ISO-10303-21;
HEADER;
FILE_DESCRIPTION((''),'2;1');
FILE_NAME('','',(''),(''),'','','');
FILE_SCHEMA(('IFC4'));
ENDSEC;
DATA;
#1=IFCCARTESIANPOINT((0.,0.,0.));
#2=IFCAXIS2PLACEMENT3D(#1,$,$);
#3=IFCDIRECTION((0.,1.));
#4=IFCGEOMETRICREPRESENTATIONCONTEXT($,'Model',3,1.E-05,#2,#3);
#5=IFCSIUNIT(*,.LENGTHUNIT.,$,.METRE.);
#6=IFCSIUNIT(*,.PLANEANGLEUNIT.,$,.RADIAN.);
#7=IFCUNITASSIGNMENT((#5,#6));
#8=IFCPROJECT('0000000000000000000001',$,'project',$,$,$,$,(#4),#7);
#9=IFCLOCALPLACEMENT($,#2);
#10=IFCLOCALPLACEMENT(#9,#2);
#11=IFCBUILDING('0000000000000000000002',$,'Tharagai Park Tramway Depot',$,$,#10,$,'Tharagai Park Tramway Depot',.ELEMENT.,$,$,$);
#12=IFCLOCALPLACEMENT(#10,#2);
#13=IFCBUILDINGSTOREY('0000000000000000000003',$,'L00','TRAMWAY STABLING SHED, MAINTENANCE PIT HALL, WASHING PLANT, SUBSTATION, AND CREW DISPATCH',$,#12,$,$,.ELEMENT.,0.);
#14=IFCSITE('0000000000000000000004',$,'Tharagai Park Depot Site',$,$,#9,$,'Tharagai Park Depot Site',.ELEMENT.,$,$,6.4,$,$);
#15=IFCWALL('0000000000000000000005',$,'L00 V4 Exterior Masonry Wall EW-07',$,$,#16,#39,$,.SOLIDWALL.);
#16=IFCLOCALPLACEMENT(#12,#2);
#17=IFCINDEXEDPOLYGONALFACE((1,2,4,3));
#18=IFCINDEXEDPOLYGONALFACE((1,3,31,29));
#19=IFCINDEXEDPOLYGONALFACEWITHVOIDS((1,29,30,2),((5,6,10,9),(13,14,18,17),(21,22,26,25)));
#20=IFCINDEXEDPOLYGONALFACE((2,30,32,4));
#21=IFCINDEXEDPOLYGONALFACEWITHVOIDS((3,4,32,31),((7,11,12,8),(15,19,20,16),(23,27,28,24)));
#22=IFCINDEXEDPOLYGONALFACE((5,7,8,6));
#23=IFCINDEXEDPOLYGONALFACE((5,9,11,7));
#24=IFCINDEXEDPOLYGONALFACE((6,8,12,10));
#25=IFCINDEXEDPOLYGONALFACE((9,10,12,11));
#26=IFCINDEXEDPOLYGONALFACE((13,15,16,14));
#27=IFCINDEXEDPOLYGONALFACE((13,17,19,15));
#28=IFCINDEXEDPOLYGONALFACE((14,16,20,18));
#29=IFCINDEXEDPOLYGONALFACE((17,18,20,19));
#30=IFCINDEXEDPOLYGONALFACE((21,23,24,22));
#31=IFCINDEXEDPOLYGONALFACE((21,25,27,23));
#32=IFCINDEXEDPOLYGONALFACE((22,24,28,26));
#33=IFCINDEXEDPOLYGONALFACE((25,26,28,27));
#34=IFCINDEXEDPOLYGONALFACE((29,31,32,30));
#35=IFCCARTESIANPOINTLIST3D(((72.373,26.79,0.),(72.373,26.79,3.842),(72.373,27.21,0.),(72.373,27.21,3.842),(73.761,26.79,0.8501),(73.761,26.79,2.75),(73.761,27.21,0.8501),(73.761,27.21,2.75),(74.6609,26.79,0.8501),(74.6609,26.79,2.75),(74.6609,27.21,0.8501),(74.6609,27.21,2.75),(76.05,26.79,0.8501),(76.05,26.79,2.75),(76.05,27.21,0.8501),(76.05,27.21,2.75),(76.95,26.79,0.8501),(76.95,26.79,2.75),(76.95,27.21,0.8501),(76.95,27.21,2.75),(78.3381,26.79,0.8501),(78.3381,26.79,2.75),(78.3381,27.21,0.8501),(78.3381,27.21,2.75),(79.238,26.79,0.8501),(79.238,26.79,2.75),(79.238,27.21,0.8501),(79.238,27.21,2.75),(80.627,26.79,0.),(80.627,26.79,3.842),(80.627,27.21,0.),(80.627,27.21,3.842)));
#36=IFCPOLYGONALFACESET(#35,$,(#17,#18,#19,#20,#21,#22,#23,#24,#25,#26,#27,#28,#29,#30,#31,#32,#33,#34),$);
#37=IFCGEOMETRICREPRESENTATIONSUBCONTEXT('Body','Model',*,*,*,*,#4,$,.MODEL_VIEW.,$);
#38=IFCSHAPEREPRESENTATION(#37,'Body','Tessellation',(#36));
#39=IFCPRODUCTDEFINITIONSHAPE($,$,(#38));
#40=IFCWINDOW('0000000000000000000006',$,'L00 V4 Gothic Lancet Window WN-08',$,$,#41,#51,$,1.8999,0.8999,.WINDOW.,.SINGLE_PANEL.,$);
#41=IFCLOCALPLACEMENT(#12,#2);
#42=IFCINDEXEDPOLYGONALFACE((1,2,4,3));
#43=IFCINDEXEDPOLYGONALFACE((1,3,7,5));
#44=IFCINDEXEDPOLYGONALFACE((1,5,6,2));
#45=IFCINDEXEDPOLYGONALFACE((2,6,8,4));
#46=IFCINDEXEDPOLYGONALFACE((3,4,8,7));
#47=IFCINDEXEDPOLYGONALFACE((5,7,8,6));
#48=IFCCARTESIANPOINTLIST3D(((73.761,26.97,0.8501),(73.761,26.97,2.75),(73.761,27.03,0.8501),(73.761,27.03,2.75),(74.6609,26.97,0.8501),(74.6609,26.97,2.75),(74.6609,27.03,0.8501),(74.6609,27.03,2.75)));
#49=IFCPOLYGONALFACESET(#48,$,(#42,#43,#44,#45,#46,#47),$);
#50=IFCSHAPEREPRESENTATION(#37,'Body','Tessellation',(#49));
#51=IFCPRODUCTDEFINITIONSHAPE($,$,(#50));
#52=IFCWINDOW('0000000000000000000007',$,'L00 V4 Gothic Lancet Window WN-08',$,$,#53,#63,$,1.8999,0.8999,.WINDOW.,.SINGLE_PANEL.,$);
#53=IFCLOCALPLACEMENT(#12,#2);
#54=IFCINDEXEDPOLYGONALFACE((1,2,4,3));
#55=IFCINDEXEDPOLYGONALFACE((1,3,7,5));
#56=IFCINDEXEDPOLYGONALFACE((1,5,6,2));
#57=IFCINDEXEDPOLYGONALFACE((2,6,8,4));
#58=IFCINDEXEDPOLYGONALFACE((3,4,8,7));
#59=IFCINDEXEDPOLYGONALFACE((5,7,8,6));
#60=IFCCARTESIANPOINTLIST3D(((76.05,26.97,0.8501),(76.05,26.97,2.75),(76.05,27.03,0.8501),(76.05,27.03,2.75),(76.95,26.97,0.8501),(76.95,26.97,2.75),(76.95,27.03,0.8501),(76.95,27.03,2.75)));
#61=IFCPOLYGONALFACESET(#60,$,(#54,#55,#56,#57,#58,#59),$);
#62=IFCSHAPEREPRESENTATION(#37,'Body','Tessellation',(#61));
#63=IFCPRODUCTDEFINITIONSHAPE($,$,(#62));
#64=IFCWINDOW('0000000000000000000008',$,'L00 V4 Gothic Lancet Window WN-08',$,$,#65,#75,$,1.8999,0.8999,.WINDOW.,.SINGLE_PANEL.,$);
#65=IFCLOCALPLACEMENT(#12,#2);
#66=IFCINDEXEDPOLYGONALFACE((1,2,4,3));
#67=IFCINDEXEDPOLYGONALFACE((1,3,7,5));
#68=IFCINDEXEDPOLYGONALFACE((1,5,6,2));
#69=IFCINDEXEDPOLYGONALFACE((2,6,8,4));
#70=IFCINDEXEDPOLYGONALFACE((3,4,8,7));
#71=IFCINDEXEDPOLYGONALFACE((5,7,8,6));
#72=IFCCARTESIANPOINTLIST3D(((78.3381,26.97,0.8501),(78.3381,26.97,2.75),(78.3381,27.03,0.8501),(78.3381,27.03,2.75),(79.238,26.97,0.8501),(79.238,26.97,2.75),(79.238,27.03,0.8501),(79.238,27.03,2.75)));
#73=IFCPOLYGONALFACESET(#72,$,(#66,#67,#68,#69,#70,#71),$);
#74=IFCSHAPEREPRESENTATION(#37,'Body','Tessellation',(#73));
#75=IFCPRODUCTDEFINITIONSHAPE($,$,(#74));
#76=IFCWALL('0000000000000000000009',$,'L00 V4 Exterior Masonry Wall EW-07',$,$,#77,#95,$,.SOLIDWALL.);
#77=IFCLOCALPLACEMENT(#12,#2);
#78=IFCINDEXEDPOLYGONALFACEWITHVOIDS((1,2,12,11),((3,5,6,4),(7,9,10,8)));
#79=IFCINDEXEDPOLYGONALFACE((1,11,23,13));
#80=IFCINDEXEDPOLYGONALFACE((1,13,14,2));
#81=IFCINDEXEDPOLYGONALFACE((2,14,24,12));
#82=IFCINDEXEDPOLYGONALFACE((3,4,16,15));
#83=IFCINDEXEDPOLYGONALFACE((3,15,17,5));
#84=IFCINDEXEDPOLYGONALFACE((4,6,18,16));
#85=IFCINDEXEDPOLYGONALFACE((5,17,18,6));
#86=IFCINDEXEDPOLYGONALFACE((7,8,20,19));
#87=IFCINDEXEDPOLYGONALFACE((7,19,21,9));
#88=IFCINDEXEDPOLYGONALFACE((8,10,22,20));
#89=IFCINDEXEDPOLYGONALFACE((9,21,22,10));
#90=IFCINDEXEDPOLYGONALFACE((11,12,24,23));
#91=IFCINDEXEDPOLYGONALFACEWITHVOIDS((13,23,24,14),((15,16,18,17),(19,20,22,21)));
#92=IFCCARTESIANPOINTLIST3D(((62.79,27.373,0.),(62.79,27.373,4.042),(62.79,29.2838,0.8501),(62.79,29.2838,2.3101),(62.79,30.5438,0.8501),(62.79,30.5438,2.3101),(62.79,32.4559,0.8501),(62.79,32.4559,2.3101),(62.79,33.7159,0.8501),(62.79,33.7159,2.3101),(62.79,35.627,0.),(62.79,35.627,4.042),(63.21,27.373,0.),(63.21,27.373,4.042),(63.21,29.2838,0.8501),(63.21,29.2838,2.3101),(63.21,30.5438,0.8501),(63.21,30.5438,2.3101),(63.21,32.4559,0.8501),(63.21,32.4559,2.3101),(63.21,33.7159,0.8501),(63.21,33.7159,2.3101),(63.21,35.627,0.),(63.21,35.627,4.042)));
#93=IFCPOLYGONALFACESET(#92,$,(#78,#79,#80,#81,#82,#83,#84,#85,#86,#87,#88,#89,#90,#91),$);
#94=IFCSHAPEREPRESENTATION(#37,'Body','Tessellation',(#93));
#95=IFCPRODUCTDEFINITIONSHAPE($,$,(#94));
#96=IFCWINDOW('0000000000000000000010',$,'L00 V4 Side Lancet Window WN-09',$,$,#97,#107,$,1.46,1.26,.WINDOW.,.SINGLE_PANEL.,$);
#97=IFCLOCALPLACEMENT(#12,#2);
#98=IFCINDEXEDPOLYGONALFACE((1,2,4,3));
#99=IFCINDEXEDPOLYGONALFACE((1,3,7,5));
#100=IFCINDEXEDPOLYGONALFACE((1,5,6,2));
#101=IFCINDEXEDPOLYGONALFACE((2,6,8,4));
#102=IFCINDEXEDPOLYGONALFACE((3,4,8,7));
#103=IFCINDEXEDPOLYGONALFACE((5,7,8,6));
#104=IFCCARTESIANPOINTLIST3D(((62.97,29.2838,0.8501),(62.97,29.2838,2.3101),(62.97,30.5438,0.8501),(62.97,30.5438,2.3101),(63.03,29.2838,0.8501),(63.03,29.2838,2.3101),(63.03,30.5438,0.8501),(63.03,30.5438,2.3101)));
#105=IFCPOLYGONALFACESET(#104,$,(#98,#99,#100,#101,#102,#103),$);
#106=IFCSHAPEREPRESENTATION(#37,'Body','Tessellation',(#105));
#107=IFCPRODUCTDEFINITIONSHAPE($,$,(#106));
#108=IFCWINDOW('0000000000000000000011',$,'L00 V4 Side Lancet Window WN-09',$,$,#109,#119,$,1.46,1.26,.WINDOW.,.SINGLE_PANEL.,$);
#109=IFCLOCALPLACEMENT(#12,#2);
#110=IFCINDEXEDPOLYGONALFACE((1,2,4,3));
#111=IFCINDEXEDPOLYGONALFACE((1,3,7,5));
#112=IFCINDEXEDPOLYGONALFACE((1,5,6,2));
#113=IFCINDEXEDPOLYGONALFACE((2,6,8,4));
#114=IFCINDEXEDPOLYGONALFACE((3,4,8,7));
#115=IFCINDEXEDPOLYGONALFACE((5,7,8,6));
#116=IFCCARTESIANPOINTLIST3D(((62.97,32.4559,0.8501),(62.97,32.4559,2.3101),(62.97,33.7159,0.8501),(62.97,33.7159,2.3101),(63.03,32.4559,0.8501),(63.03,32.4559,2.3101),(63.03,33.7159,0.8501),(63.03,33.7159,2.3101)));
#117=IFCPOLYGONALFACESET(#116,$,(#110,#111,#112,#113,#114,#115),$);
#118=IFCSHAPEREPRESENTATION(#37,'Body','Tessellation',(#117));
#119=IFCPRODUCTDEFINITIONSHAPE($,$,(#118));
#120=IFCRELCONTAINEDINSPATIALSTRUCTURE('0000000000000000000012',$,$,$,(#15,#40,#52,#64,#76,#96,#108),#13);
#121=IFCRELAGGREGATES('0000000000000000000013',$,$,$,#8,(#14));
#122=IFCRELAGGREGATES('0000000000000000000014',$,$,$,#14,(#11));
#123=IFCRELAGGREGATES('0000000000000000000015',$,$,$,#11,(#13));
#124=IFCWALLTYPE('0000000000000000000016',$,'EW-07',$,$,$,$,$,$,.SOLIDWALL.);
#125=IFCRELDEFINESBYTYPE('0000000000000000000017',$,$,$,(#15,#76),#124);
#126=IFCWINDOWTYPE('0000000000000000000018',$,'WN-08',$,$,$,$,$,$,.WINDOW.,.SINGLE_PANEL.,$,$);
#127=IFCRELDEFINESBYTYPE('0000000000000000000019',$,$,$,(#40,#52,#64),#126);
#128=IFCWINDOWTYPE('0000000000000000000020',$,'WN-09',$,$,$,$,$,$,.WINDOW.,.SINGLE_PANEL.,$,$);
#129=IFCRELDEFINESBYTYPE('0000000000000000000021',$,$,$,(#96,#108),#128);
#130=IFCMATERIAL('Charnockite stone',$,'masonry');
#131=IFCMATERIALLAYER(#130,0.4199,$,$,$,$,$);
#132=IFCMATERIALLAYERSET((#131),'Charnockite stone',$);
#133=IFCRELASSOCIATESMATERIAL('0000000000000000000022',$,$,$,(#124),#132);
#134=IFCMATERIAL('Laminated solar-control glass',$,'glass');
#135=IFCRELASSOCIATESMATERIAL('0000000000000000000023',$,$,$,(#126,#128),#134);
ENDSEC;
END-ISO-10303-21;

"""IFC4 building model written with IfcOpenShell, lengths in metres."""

from ifc_helpers import new_model, si_unit, direction, frame, frame_2d, origin, place, context, subcontext, project, spatial, rectangle, extrude, material, layer, layer_set, type_object, element, fill, save


model = new_model("IFC4")

# Units and contexts
model_context = context("Model", 3, precision=1e-05, world=origin(), true_north=direction((0.0, 1.0)))
body_context = subcontext(model_context, "Body", "Model", "MODEL_VIEW")
ifc_project = project(units=[si_unit("LENGTHUNIT", "METRE"), si_unit("PLANEANGLEUNIT", "RADIAN")], contexts=[model_context])

# Site, building, storey
site_placement = place(None, origin())
site = spatial("IfcSite", under=ifc_project, at=site_placement, Name="Tharagai Park Depot Site", LongName="Tharagai Park Depot Site", CompositionType="ELEMENT", RefElevation=6.4)
building_placement = place(site_placement, origin())
building = spatial("IfcBuilding", under=site, at=building_placement, Name="Tharagai Park Tramway Depot", LongName="Tharagai Park Tramway Depot", CompositionType="ELEMENT")
storey_placement = place(building_placement, origin())
storey = spatial("IfcBuildingStorey", under=building, at=storey_placement, Name="L00", Description="TRAMWAY STABLING SHED, MAINTENANCE PIT HALL, WASHING PLANT, SUBSTATION, AND CREW DISPATCH", CompositionType="ELEMENT", Elevation=0.0)

# Shared definitions
ifc_material_1 = material(Name="Laminated solar-control glass", Category="glass")

# Walls, openings, windows
ifc_material_2 = material(Name="Charnockite stone", Category="masonry")
ifc_layer_1 = layer(ifc_material_2, 0.4199)
ifc_layer_set_1 = layer_set([ifc_layer_1], Name="Charnockite stone")
wall_type = type_object("IfcWallType", Name="EW-07", PredefinedType="SOLIDWALL", material=ifc_layer_set_1)
wall_1_placement = place(storey_placement, frame((72.373, 27.0, 0.0), z_axis=(0.0, 0.0, 1.0), x_axis=(1.0, 0.0, 0.0)))
wall_1 = element("IfcWall", 1, at=wall_1_placement, inside=storey, type_object=wall_type, Name="L00 V4 Exterior Masonry Wall EW-07", PredefinedType="SOLIDWALL", context=body_context, shape_type="SweptSolid", body=[
    extrude(rectangle(XDim=8.2539, YDim=0.4199, at=frame_2d((4.127, 0.0))), origin(), (0.0, 0.0, 1.0), 3.842),
])
opening_1_placement = place(wall_1_placement, frame((1.3879, 0.0, 0.8501)))
opening_1 = element("IfcOpeningElement", 2, at=opening_1_placement, cuts=wall_1, PredefinedType="OPENING", context=body_context, shape_type="SweptSolid", body=[
    extrude(rectangle(XDim=0.8999, YDim=1.8999, at=frame_2d((0.45, 0.95))), frame((0.0, 0.22, 0.0), z_axis=(0.0, -1.0, 0.0), x_axis=(1.0, 0.0, 0.0)), (0.0, 0.0, 1.0), 0.4399),
])
opening_2_placement = place(wall_1_placement, frame((3.677, 0.0, 0.8501)))
opening_2 = element("IfcOpeningElement", 3, at=opening_2_placement, cuts=wall_1, PredefinedType="OPENING", context=body_context, shape_type="SweptSolid", body=[
    extrude(rectangle(XDim=0.8999, YDim=1.8999, at=frame_2d((0.45, 0.95))), frame((0.0, 0.22, 0.0), z_axis=(0.0, -1.0, 0.0), x_axis=(1.0, 0.0, 0.0)), (0.0, 0.0, 1.0), 0.4399),
])
opening_3_placement = place(wall_1_placement, frame((5.9651, 0.0, 0.8501)))
opening_3 = element("IfcOpeningElement", 4, at=opening_3_placement, cuts=wall_1, PredefinedType="OPENING", context=body_context, shape_type="SweptSolid", body=[
    extrude(rectangle(XDim=0.8999, YDim=1.8999, at=frame_2d((0.45, 0.95))), frame((0.0, 0.22, 0.0), z_axis=(0.0, -1.0, 0.0), x_axis=(1.0, 0.0, 0.0)), (0.0, 0.0, 1.0), 0.4399),
])
window_type_1 = type_object("IfcWindowType", Name="WN-08", PartitioningType="SINGLE_PANEL", PredefinedType="WINDOW", material=ifc_material_1)
window_1_placement = place(opening_1_placement, origin())
window_1 = element("IfcWindow", 5, at=window_1_placement, inside=storey, type_object=window_type_1, Name="L00 V4 Gothic Lancet Window WN-08", OverallHeight=1.8999, OverallWidth=0.8999, PartitioningType="SINGLE_PANEL", PredefinedType="WINDOW", context=body_context, shape_type="SweptSolid", body=[
    extrude(rectangle(XDim=0.8999, YDim=1.8999, at=frame_2d((0.45, 0.95))), frame((0.0, 0.03, 0.0), z_axis=(0.0, -1.0, 0.0), x_axis=(1.0, 0.0, 0.0)), (0.0, 0.0, 1.0), 0.0601),
])
fill(opening_1, window_1)
window_2_placement = place(opening_2_placement, origin())
window_2 = element("IfcWindow", 6, at=window_2_placement, inside=storey, type_object=window_type_1, Name="L00 V4 Gothic Lancet Window WN-08", OverallHeight=1.8999, OverallWidth=0.8999, PartitioningType="SINGLE_PANEL", PredefinedType="WINDOW", context=body_context, shape_type="SweptSolid", body=[
    extrude(rectangle(XDim=0.8999, YDim=1.8999, at=frame_2d((0.45, 0.95))), frame((0.0, 0.03, 0.0), z_axis=(0.0, -1.0, 0.0), x_axis=(1.0, 0.0, 0.0)), (0.0, 0.0, 1.0), 0.0601),
])
fill(opening_2, window_2)
window_3_placement = place(opening_3_placement, origin())
window_3 = element("IfcWindow", 7, at=window_3_placement, inside=storey, type_object=window_type_1, Name="L00 V4 Gothic Lancet Window WN-08", OverallHeight=1.8999, OverallWidth=0.8999, PartitioningType="SINGLE_PANEL", PredefinedType="WINDOW", context=body_context, shape_type="SweptSolid", body=[
    extrude(rectangle(XDim=0.8999, YDim=1.8999, at=frame_2d((0.45, 0.95))), frame((0.0, 0.03, 0.0), z_axis=(0.0, -1.0, 0.0), x_axis=(1.0, 0.0, 0.0)), (0.0, 0.0, 1.0), 0.0601),
])
fill(opening_3, window_3)
wall_2_placement = place(storey_placement, frame((63.0, 27.373, 0.0), z_axis=(0.0, 0.0, 1.0), x_axis=(0.0, 1.0, 0.0)))
wall_2 = element("IfcWall", 8, at=wall_2_placement, inside=storey, type_object=wall_type, Name="L00 V4 Exterior Masonry Wall EW-07", PredefinedType="SOLIDWALL", context=body_context, shape_type="SweptSolid", body=[
    extrude(rectangle(XDim=8.2539, YDim=0.4199, at=frame_2d((4.127, 0.0))), origin(), (0.0, 0.0, 1.0), 4.042),
])
opening_4_placement = place(wall_2_placement, frame((1.9109, 0.0, 0.8501)))
opening_4 = element("IfcOpeningElement", 9, at=opening_4_placement, cuts=wall_2, PredefinedType="OPENING", context=body_context, shape_type="SweptSolid", body=[
    extrude(rectangle(XDim=1.26, YDim=1.46, at=frame_2d((0.6299, 0.73))), frame((0.0, 0.22, 0.0), z_axis=(0.0, -1.0, 0.0), x_axis=(1.0, 0.0, 0.0)), (0.0, 0.0, 1.0), 0.4399),
])
opening_5_placement = place(wall_2_placement, frame((5.083, 0.0, 0.8501)))
opening_5 = element("IfcOpeningElement", 10, at=opening_5_placement, cuts=wall_2, PredefinedType="OPENING", context=body_context, shape_type="SweptSolid", body=[
    extrude(rectangle(XDim=1.26, YDim=1.46, at=frame_2d((0.6299, 0.73))), frame((0.0, 0.22, 0.0), z_axis=(0.0, -1.0, 0.0), x_axis=(1.0, 0.0, 0.0)), (0.0, 0.0, 1.0), 0.4399),
])
window_type_2 = type_object("IfcWindowType", Name="WN-09", PartitioningType="SINGLE_PANEL", PredefinedType="WINDOW", material=ifc_material_1)
window_4_placement = place(opening_4_placement, origin())
window_4 = element("IfcWindow", 11, at=window_4_placement, inside=storey, type_object=window_type_2, Name="L00 V4 Side Lancet Window WN-09", OverallHeight=1.46, OverallWidth=1.26, PartitioningType="SINGLE_PANEL", PredefinedType="WINDOW", context=body_context, shape_type="SweptSolid", body=[
    extrude(rectangle(XDim=1.26, YDim=1.46, at=frame_2d((0.6299, 0.73))), frame((0.0, 0.03, 0.0), z_axis=(0.0, -1.0, 0.0), x_axis=(1.0, 0.0, 0.0)), (0.0, 0.0, 1.0), 0.0601),
])
fill(opening_4, window_4)
window_5_placement = place(opening_5_placement, origin())
window_5 = element("IfcWindow", 12, at=window_5_placement, inside=storey, type_object=window_type_2, Name="L00 V4 Side Lancet Window WN-09", OverallHeight=1.46, OverallWidth=1.26, PartitioningType="SINGLE_PANEL", PredefinedType="WINDOW", context=body_context, shape_type="SweptSolid", body=[
    extrude(rectangle(XDim=1.26, YDim=1.46, at=frame_2d((0.6299, 0.73))), frame((0.0, 0.03, 0.0), z_axis=(0.0, -1.0, 0.0), x_axis=(1.0, 0.0, 0.0)), (0.0, 0.0, 1.0), 0.0601),
])
fill(opening_5, window_5)

save(model, "model.ifc")
